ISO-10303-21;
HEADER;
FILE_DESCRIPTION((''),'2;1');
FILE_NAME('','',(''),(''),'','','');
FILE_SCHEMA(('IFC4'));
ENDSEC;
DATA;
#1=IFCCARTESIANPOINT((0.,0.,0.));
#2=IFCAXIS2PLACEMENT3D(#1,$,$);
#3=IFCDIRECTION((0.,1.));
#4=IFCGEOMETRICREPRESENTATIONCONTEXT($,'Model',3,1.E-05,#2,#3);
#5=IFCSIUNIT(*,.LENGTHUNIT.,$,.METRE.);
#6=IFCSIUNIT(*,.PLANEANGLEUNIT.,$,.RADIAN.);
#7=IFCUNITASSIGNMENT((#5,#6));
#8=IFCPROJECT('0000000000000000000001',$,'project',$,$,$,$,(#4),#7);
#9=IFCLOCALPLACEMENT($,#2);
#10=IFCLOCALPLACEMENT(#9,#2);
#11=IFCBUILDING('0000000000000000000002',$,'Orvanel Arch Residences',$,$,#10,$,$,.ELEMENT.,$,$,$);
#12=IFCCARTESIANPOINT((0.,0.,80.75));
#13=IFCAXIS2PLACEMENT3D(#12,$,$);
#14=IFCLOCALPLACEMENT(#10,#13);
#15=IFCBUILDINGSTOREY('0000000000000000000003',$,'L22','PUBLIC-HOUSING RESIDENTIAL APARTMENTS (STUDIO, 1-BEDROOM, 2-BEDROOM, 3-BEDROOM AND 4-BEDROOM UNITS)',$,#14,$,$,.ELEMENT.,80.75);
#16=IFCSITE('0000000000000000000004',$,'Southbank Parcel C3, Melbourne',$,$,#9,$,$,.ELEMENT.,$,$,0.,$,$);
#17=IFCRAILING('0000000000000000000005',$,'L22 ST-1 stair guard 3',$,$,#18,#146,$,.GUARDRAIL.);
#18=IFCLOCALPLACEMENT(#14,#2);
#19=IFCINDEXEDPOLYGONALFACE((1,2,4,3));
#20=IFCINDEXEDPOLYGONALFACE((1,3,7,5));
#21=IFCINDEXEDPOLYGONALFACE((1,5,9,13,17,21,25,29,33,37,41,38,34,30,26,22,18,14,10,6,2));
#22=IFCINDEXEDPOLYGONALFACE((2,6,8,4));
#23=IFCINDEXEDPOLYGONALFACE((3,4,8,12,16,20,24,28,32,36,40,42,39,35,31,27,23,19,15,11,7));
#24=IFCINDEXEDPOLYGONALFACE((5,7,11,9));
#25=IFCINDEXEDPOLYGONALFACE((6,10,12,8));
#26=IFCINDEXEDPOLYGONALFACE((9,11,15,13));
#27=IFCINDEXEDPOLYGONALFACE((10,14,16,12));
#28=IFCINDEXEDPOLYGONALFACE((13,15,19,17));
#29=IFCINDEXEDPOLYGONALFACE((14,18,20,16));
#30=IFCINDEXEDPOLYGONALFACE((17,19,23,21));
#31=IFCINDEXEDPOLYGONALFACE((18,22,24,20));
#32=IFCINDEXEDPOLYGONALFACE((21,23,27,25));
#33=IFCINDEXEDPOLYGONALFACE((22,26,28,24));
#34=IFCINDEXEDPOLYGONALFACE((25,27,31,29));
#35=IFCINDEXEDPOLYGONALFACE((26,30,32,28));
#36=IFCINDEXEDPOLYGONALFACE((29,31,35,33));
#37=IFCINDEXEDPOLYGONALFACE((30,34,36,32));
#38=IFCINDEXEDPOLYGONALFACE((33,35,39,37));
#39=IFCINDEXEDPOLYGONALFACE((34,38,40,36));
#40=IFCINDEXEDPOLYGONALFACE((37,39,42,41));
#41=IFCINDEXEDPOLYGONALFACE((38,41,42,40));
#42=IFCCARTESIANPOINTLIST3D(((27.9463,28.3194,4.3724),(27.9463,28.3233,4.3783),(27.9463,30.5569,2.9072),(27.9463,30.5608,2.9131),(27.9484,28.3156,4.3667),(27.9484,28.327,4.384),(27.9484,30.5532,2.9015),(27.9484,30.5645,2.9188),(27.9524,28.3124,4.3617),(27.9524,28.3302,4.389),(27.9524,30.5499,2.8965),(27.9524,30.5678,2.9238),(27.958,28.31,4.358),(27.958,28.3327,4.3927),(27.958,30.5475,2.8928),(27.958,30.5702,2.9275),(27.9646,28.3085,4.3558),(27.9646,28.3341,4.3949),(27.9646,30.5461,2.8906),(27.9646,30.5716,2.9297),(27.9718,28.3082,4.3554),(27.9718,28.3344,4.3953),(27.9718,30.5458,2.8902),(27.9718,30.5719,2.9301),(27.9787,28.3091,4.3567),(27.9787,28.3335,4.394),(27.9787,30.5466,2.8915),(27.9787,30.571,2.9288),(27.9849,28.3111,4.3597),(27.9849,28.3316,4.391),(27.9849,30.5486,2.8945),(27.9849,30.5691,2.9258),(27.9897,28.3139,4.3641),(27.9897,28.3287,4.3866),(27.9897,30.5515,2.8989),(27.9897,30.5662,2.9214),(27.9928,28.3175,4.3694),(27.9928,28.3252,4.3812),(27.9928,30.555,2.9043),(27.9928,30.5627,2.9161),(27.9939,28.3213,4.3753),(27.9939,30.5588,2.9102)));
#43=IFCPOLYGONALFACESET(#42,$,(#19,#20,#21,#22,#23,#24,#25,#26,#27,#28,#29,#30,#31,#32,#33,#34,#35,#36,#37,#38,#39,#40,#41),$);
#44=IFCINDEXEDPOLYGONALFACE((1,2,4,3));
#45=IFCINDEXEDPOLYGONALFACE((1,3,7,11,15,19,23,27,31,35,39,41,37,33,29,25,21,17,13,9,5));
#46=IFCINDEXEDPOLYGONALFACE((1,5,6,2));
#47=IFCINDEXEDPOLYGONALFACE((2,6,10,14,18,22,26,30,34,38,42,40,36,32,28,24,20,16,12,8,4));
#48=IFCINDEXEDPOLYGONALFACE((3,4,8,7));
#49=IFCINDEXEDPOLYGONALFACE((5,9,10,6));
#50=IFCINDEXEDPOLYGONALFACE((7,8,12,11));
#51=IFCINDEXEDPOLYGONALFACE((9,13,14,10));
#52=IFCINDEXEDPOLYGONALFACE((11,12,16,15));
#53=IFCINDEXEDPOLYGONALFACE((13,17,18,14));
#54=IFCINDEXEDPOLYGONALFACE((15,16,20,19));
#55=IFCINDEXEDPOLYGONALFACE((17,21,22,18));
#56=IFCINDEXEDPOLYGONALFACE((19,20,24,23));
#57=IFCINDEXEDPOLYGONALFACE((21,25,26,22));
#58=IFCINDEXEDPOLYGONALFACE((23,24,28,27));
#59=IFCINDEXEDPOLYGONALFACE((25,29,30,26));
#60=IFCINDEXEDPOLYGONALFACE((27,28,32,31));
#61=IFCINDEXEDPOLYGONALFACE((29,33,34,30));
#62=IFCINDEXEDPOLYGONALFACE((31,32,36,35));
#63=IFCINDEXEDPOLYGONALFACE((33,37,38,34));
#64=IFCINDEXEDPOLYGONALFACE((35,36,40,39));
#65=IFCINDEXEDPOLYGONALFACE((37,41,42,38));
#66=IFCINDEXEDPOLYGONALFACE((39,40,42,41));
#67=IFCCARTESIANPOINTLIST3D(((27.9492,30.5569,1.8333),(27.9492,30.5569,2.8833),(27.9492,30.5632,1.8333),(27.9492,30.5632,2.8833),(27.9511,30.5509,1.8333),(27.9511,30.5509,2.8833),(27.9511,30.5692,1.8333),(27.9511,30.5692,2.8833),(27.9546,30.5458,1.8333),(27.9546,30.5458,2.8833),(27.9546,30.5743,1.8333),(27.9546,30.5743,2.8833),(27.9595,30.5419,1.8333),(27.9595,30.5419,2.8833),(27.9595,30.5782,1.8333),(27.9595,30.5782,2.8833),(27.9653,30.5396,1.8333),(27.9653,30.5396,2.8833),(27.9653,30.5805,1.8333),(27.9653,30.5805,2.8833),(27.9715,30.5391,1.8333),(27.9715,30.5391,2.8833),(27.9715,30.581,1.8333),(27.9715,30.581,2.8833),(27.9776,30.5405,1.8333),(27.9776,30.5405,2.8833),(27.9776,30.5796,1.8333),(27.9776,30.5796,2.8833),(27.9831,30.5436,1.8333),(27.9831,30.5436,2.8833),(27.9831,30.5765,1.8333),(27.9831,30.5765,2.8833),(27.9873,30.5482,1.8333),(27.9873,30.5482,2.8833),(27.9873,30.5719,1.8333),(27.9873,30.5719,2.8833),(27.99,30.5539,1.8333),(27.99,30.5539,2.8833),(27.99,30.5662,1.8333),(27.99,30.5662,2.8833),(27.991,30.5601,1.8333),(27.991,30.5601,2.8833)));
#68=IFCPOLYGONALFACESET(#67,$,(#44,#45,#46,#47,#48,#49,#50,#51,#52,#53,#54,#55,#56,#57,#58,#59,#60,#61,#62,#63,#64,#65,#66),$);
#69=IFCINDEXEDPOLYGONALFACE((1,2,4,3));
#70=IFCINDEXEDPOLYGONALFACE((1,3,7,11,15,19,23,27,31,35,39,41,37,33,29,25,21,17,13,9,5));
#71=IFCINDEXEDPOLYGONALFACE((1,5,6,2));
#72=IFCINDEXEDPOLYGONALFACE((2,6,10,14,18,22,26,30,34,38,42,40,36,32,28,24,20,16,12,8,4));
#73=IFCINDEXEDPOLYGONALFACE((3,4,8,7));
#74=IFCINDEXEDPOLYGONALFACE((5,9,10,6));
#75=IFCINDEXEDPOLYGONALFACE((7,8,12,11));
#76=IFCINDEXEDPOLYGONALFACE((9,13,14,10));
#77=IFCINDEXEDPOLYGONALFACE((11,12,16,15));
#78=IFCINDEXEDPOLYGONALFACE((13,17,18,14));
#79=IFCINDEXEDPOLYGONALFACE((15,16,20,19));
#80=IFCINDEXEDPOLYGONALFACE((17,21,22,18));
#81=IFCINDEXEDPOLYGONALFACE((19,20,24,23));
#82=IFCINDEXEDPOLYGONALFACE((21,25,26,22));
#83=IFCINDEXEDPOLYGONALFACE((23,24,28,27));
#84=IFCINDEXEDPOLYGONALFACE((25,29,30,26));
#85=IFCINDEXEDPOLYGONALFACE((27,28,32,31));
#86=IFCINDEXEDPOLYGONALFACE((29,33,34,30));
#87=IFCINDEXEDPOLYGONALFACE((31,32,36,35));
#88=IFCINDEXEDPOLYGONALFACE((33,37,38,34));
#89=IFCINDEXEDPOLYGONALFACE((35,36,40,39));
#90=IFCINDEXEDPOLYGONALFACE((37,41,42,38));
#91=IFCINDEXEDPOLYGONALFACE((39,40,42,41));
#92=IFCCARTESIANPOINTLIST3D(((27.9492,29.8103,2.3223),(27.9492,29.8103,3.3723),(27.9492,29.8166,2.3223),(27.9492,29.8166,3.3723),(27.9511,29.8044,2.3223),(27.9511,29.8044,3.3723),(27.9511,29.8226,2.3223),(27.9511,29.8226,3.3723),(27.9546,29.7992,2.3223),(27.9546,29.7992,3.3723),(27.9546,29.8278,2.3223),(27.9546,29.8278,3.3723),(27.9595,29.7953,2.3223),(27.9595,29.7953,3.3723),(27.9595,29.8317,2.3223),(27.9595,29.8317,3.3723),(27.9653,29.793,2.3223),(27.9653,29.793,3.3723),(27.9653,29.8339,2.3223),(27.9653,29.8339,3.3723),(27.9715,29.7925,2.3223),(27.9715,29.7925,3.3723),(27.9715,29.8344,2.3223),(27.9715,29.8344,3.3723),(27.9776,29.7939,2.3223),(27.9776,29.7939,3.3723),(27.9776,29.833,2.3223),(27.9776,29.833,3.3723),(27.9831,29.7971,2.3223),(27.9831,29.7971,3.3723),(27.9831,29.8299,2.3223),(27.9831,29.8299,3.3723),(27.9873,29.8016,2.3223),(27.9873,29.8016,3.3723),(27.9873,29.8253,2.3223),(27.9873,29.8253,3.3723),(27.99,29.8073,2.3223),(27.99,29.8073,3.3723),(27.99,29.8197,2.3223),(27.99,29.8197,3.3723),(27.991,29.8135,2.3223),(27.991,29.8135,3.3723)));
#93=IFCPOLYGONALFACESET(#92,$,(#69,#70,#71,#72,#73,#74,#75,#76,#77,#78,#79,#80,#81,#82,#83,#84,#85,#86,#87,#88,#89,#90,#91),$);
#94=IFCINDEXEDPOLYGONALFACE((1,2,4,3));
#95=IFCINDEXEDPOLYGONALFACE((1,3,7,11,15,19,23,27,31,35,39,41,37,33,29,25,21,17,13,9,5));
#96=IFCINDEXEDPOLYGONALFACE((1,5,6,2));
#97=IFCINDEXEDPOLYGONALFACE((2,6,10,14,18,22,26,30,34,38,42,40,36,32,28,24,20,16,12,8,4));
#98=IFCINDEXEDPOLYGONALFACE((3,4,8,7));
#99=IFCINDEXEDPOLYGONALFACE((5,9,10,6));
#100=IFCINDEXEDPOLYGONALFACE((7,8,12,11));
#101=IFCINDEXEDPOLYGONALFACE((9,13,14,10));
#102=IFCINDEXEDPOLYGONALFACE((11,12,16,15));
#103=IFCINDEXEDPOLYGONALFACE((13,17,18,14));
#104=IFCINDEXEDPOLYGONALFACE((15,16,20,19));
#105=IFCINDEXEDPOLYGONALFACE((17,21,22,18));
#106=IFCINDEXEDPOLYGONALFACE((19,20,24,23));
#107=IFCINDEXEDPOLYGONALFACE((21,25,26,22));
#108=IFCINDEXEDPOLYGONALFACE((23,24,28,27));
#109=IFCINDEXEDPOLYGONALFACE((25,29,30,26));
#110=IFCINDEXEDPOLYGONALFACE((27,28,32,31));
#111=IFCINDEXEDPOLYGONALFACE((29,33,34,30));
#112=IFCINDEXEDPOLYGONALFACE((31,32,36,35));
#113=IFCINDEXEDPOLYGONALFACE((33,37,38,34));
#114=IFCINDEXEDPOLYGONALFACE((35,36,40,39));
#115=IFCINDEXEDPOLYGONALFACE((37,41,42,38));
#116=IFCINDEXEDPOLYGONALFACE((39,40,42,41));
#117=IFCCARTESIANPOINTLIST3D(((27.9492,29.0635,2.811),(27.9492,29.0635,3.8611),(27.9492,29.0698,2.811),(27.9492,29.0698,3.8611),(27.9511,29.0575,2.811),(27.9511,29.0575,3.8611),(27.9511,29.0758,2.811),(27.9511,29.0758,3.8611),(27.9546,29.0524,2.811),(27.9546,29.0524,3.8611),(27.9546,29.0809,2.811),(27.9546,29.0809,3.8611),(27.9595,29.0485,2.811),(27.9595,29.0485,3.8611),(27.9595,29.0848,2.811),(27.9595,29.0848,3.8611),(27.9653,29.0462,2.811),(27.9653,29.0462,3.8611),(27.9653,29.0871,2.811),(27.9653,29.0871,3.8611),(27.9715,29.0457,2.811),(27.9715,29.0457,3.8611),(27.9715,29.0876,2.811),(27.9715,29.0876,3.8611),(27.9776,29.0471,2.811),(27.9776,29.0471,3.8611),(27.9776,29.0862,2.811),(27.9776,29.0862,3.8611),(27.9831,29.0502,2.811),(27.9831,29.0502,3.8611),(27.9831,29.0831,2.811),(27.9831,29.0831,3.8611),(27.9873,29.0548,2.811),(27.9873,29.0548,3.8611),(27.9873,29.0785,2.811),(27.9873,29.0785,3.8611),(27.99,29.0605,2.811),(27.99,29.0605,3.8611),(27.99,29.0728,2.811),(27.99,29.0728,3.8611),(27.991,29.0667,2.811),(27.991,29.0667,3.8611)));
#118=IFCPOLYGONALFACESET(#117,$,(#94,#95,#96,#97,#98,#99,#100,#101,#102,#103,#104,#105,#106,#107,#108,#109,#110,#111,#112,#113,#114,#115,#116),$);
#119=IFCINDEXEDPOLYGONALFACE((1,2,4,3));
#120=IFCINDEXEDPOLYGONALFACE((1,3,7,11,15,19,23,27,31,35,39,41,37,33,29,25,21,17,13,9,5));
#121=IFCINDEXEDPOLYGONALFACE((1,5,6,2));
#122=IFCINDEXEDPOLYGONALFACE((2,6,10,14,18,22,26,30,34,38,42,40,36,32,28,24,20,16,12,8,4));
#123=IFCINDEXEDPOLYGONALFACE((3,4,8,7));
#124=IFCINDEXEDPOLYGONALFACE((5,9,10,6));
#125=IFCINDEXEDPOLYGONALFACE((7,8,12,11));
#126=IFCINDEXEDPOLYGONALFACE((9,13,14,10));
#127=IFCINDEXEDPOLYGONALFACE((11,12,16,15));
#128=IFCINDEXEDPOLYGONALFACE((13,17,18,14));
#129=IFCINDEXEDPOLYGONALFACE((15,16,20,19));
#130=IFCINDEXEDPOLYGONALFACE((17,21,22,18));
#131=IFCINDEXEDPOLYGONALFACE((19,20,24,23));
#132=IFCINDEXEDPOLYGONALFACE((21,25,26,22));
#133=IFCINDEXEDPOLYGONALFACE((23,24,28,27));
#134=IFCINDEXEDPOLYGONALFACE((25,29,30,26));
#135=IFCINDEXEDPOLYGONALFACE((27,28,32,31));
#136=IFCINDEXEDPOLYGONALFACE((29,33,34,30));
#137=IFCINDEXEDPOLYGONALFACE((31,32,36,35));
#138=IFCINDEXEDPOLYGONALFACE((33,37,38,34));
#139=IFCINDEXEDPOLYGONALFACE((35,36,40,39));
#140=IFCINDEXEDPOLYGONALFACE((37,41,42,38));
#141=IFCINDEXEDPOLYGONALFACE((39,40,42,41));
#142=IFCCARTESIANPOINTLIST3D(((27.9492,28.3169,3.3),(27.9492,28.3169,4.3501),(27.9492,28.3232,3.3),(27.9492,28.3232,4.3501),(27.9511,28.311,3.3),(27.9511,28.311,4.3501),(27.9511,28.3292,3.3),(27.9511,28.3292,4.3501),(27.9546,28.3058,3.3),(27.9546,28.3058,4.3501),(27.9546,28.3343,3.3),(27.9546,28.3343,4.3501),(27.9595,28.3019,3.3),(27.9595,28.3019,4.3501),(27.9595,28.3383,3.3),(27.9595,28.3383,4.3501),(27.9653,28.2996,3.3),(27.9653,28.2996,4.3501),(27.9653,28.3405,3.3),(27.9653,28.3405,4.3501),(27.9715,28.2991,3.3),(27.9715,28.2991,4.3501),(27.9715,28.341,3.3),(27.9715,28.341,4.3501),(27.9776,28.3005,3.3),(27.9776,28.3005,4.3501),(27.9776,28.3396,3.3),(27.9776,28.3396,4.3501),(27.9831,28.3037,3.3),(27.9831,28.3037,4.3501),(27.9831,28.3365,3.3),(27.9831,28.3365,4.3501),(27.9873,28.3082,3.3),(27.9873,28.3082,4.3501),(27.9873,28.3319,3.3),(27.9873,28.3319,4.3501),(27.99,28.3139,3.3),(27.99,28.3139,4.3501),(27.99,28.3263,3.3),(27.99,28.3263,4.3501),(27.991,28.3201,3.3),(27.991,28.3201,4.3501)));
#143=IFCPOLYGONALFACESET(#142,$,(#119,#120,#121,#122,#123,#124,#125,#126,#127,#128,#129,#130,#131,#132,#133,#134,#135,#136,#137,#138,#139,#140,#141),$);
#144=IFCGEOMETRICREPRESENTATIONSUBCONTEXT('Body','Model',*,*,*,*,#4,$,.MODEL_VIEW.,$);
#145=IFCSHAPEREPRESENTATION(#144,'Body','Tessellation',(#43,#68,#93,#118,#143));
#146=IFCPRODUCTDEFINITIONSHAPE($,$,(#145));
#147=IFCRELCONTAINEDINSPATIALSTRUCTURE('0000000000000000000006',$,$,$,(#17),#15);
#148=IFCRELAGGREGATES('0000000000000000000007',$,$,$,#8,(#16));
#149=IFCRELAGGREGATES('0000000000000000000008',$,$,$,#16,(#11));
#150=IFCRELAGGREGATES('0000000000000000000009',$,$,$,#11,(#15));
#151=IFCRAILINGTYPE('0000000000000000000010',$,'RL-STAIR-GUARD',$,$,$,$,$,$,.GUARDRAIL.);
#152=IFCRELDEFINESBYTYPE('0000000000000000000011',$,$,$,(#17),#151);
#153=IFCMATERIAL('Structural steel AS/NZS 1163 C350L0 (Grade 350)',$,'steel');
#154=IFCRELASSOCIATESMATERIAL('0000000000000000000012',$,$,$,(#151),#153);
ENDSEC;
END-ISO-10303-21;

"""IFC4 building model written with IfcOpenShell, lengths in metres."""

from ifc_helpers import new_model, si_unit, direction, frame, origin, origin_2d, place, context, subcontext, project, spatial, circle, extrude, material, type_object, element, save


model = new_model("IFC4")

# Units and contexts
model_context = context("Model", 3, precision=1e-05, world=origin(), true_north=direction((0.0, 1.0)))
body_context = subcontext(model_context, "Body", "Model", "MODEL_VIEW")
ifc_project = project(units=[si_unit("LENGTHUNIT", "METRE"), si_unit("PLANEANGLEUNIT", "RADIAN")], contexts=[model_context])

# Site, building, storey
site_placement = place(None, origin())
site = spatial("IfcSite", under=ifc_project, at=site_placement, Name="Southbank Parcel C3, Melbourne", CompositionType="ELEMENT", RefElevation=0.0)
building_placement = place(site_placement, origin())
building = spatial("IfcBuilding", under=site, at=building_placement, Name="Orvanel Arch Residences", CompositionType="ELEMENT")
storey_placement = place(building_placement, frame((0.0, 0.0, 80.75)))
storey = spatial("IfcBuildingStorey", under=building, at=storey_placement, Name="L22", Description="PUBLIC-HOUSING RESIDENTIAL APARTMENTS (STUDIO, 1-BEDROOM, 2-BEDROOM, 3-BEDROOM AND 4-BEDROOM UNITS)", CompositionType="ELEMENT", Elevation=80.75)

# Railing
ifc_material_1 = material(Name="Structural steel AS/NZS 1163 C350L0 (Grade 350)", Category="steel")
railing_type_1 = type_object("IfcRailingType", Name="RL-STAIR-GUARD", PredefinedType="GUARDRAIL", material=ifc_material_1)
railing_1_placement = place(storey_placement, frame((27.97, 30.5601, 1.8333)))
element("IfcRailing", 1, at=railing_1_placement, inside=storey, type_object=railing_type_1, Name="L22 ST-1 stair guard 3", PredefinedType="GUARDRAIL", context=body_context, shape_type="SweptSolid", body=[
    extrude(circle(Radius=0.0239, at=origin_2d()), frame((0.0, -0.0012, 1.0769), z_axis=(0.0, -0.836595, 0.547822), x_axis=(1.0, 0.0, 0.0)), (0.0, 0.0, 1.0), 2.6746),
    extrude(circle(Radius=0.021, at=origin_2d()), origin(), (0.0, 0.0, 1.0), 1.05),
    extrude(circle(Radius=0.021, at=origin_2d()), frame((0.0, -0.7466, 0.489)), (0.0, 0.0, 1.0), 1.05),
    extrude(circle(Radius=0.021, at=origin_2d()), frame((0.0, -1.4934, 0.9778)), (0.0, 0.0, 1.0), 1.05),
    extrude(circle(Radius=0.021, at=origin_2d()), frame((0.0, -2.24, 1.4668)), (0.0, 0.0, 1.0), 1.05),
])

save(model, "model.ifc")
